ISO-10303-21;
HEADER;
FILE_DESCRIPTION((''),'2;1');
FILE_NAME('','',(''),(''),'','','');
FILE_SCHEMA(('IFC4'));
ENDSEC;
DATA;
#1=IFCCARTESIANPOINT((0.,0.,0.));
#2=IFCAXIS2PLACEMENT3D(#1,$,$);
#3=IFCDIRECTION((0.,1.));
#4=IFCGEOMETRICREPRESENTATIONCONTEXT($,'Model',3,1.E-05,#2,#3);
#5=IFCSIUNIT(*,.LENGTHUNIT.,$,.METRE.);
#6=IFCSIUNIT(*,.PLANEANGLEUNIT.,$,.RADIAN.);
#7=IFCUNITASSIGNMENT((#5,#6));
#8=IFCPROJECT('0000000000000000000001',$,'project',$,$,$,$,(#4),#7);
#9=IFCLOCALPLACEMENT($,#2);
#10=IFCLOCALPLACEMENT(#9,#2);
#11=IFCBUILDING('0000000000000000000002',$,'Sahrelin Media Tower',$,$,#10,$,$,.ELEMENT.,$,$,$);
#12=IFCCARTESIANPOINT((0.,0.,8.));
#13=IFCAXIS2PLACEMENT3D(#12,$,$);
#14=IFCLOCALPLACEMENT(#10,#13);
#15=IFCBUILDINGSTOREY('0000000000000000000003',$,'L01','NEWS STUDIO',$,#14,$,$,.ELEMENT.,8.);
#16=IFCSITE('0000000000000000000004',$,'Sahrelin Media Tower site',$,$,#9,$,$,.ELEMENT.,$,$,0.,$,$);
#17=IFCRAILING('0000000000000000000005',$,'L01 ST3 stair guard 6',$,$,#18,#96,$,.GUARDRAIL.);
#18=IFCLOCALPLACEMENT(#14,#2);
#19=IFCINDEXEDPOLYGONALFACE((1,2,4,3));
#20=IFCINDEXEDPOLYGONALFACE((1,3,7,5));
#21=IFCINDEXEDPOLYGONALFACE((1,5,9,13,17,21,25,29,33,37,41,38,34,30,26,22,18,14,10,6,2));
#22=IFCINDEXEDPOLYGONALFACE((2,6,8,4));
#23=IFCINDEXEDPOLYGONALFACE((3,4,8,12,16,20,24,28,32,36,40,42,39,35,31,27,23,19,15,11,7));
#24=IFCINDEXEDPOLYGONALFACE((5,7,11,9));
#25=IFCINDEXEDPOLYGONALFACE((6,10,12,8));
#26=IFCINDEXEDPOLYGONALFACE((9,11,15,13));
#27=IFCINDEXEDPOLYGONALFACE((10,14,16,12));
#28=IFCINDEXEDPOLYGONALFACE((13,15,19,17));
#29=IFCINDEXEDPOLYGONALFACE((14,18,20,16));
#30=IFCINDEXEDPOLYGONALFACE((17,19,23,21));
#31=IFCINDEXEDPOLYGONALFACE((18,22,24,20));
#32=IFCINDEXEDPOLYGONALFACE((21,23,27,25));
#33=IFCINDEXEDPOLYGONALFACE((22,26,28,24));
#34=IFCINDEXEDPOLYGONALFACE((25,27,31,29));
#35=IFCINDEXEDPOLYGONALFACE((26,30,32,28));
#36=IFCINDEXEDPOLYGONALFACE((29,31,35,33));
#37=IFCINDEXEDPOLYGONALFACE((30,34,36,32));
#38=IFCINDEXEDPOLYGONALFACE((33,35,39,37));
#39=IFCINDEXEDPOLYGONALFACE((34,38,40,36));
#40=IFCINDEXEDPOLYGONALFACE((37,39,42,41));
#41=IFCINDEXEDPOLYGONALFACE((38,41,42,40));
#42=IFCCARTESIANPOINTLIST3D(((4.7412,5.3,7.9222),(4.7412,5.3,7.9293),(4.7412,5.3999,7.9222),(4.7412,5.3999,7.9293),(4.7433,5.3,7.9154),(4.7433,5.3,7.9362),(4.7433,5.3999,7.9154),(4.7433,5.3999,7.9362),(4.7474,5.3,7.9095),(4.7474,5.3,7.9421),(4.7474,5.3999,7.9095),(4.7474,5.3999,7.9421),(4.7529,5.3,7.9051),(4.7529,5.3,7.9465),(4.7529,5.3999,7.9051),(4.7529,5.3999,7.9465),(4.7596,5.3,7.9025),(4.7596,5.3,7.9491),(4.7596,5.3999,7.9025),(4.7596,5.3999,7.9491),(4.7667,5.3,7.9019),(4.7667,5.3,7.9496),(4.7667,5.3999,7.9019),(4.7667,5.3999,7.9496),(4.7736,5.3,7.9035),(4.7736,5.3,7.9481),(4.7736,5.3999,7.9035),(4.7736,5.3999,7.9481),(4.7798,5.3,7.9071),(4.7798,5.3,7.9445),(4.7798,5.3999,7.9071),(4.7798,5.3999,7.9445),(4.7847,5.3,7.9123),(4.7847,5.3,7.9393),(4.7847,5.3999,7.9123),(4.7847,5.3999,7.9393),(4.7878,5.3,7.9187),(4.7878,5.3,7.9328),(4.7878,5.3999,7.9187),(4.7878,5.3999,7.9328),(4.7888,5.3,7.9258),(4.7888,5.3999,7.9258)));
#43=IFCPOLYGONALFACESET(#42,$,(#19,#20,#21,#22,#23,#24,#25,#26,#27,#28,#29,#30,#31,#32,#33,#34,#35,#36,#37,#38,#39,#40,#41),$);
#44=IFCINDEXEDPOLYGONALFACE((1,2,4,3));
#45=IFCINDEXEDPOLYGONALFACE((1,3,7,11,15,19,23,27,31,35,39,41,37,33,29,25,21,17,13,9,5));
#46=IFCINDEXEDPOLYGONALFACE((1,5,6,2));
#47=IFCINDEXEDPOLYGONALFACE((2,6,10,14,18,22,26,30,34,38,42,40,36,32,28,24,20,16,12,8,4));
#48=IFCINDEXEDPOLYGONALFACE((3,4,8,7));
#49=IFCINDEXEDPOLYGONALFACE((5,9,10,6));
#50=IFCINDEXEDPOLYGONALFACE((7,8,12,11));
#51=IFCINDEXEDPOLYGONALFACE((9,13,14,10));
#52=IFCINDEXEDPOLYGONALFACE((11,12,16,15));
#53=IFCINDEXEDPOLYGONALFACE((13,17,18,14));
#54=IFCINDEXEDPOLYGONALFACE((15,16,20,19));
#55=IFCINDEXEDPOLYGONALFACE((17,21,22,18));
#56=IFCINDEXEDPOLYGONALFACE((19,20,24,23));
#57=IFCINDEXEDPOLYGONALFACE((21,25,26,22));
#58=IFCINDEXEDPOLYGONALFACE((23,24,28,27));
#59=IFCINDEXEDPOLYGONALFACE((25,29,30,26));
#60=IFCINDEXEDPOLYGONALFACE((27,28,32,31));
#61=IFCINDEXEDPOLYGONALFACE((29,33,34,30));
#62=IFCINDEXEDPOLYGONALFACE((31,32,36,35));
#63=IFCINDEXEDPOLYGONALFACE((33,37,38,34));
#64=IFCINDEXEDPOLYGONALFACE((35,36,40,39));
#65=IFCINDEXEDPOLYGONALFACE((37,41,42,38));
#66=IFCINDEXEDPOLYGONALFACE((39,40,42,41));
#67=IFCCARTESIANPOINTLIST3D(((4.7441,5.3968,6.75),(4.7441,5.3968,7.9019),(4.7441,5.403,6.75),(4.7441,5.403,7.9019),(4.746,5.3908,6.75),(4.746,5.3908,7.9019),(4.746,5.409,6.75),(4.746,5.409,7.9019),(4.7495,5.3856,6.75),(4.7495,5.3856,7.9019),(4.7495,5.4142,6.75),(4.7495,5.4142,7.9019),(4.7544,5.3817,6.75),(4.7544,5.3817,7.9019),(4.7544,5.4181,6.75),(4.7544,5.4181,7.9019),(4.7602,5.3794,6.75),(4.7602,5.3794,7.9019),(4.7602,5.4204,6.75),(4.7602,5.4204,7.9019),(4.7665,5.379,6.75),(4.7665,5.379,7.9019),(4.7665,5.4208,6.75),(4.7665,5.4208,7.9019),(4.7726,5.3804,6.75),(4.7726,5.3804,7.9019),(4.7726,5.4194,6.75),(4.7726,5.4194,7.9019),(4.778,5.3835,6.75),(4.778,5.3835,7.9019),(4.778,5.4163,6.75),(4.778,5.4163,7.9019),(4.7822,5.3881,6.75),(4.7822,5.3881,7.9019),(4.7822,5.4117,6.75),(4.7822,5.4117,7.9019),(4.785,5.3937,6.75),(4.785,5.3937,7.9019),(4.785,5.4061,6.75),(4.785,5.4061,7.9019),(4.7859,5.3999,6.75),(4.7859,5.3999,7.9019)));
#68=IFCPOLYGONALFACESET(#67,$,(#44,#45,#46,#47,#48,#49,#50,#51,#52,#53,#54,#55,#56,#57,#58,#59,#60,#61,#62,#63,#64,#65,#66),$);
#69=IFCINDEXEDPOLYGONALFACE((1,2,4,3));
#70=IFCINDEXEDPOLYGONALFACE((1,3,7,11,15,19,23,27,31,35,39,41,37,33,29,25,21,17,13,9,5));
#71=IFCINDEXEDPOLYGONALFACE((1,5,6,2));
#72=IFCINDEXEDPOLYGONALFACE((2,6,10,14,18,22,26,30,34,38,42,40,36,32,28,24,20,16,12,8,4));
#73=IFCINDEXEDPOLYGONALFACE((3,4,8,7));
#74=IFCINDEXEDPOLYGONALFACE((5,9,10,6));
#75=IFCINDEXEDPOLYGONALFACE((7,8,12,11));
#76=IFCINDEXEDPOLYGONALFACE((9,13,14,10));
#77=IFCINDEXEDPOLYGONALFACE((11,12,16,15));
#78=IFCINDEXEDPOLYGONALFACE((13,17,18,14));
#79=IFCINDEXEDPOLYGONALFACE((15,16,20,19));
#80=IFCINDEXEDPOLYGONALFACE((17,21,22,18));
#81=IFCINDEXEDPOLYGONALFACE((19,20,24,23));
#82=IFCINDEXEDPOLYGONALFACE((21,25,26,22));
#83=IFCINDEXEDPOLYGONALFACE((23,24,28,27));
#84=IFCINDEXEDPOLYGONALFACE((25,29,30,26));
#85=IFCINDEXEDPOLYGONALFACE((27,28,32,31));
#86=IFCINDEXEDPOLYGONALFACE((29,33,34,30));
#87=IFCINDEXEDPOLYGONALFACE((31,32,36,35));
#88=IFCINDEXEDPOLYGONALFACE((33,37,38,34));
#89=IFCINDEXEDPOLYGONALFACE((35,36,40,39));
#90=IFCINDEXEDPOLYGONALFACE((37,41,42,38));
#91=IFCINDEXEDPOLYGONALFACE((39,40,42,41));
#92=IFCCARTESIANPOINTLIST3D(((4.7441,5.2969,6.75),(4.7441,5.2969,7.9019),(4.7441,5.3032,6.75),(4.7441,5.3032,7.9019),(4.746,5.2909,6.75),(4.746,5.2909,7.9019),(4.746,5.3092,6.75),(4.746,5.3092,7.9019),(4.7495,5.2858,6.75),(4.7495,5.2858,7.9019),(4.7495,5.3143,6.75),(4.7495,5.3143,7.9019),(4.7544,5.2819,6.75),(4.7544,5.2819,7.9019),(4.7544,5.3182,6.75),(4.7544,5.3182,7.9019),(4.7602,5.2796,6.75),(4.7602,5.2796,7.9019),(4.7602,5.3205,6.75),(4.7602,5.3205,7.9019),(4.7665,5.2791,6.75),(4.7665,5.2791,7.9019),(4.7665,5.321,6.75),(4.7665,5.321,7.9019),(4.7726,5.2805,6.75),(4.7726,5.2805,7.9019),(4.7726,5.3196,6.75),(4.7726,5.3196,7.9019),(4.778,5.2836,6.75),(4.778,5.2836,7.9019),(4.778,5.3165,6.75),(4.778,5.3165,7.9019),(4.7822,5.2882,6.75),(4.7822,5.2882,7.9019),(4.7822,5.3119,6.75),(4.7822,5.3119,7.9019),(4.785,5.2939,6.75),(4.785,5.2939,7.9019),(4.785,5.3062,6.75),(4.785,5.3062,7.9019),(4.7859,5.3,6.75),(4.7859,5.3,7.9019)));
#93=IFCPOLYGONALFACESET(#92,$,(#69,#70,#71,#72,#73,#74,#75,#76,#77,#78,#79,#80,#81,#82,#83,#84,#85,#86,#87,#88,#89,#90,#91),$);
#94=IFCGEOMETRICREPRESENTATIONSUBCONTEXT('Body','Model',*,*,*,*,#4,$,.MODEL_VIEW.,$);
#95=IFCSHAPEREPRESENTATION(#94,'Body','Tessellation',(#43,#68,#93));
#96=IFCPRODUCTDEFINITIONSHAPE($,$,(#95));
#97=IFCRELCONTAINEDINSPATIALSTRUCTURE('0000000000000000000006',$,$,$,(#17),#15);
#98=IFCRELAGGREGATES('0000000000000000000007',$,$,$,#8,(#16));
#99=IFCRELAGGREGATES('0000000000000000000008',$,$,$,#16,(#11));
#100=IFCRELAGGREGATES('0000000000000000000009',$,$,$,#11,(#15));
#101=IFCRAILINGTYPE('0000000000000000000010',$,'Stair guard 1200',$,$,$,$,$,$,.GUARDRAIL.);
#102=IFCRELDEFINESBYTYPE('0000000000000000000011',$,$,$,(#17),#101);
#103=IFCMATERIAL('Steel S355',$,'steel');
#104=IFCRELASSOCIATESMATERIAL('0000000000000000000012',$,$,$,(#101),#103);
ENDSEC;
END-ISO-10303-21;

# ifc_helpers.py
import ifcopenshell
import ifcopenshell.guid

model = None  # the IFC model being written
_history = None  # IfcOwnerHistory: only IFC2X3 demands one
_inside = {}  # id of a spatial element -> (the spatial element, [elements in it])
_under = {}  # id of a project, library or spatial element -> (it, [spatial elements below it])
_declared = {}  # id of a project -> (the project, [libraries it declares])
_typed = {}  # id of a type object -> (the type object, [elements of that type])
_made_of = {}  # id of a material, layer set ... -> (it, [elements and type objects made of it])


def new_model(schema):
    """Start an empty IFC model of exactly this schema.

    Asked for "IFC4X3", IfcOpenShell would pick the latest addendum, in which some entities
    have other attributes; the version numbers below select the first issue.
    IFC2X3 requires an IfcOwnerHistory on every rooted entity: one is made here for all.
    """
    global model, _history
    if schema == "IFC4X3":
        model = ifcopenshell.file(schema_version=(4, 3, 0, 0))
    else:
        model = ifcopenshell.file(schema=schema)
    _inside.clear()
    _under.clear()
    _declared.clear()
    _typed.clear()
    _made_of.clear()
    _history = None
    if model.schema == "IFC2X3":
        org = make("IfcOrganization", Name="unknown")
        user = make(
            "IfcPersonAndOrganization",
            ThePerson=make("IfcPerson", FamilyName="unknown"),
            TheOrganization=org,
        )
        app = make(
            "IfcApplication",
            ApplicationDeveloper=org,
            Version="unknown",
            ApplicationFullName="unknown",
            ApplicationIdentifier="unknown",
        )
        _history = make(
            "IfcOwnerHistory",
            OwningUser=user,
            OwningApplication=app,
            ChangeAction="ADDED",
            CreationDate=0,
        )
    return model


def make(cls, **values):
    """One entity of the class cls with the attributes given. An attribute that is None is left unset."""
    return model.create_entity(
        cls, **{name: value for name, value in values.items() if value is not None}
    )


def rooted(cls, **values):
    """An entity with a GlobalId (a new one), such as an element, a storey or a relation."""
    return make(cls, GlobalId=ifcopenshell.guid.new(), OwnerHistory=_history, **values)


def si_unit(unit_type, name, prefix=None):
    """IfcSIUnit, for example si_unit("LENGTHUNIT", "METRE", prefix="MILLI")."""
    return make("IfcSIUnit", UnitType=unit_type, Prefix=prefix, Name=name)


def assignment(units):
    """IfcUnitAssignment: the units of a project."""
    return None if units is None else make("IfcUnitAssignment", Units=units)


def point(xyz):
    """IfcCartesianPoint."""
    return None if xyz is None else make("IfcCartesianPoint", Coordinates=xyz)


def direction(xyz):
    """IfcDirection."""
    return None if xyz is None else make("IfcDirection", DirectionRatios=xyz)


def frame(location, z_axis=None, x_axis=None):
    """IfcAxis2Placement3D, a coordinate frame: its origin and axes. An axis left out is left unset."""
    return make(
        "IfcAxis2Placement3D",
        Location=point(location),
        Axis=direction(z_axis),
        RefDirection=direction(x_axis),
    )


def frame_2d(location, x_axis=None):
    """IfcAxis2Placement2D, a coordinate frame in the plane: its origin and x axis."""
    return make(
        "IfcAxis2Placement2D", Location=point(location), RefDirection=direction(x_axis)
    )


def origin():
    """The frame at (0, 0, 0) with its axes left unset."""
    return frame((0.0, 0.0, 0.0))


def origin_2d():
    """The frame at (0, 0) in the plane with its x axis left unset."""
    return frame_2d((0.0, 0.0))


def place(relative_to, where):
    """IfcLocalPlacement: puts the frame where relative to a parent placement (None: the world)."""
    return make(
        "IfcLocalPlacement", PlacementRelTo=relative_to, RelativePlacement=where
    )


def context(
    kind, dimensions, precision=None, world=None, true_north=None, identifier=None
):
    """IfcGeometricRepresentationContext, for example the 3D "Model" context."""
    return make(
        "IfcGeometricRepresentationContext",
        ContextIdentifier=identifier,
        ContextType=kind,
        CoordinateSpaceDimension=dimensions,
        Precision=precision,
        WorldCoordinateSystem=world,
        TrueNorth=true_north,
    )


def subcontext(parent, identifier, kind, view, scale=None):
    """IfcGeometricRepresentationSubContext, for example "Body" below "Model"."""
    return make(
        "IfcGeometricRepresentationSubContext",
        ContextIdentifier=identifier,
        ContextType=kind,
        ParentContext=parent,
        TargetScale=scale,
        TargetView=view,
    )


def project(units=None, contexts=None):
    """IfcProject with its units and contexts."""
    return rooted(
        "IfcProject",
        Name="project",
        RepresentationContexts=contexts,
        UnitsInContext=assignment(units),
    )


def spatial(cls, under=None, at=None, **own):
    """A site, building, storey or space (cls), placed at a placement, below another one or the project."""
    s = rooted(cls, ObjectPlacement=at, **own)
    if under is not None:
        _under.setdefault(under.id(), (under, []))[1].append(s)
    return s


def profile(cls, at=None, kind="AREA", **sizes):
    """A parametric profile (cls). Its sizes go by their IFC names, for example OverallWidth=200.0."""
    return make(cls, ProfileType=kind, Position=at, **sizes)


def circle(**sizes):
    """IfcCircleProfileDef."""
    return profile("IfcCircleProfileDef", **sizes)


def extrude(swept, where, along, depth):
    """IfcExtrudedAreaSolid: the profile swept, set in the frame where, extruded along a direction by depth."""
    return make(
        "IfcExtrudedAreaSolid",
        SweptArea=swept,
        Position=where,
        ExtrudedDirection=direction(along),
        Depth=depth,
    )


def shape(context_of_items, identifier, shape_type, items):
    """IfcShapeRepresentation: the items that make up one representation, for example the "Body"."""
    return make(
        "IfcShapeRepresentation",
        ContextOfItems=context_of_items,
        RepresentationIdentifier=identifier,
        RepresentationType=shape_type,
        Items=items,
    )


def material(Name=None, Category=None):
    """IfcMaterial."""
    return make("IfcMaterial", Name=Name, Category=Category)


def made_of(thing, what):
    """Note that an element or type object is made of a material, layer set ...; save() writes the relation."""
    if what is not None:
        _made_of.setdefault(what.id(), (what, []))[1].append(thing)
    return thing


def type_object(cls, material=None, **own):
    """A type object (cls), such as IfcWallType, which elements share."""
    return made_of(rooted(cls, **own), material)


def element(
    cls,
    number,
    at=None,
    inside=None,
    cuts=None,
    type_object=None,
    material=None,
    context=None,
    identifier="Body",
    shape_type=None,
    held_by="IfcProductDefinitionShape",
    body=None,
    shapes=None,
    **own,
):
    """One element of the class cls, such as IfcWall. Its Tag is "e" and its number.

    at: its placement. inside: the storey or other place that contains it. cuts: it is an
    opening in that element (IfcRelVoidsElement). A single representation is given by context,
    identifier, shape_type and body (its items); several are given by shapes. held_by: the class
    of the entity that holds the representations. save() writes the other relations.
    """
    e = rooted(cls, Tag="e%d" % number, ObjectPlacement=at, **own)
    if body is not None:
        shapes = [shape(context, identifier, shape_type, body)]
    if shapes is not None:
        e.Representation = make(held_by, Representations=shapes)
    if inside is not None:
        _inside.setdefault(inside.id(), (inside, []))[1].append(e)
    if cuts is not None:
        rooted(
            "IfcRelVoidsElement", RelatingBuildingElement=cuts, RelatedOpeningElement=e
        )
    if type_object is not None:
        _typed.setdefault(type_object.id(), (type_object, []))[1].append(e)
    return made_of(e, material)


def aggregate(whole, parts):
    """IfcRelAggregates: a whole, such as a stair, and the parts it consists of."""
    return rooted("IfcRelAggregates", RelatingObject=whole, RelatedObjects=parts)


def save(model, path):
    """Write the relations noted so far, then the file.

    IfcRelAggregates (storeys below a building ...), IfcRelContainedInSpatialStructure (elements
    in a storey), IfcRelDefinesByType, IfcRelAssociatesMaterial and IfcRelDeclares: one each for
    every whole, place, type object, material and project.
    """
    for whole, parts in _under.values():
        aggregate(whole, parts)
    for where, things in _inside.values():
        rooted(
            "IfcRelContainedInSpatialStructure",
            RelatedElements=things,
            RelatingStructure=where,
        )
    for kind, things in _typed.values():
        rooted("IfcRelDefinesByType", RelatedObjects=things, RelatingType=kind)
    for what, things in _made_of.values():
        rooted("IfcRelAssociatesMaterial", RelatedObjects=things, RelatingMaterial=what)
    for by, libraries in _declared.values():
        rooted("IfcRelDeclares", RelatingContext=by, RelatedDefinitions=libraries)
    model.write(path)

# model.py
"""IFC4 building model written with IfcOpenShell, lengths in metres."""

from ifc_helpers import new_model, si_unit, direction, frame, origin, origin_2d, place, context, subcontext, project, spatial, circle, extrude, material, type_object, element, save


model = new_model("IFC4")

# Units and contexts
model_context = context("Model", 3, precision=1e-05, world=origin(), true_north=direction((0.0, 1.0)))
body_context = subcontext(model_context, "Body", "Model", "MODEL_VIEW")
ifc_project = project(units=[si_unit("LENGTHUNIT", "METRE"), si_unit("PLANEANGLEUNIT", "RADIAN")], contexts=[model_context])

# Site, building, storey
site_placement = place(None, origin())
site = spatial("IfcSite", under=ifc_project, at=site_placement, Name="Sahrelin Media Tower site", CompositionType="ELEMENT", RefElevation=0.0)
building_placement = place(site_placement, origin())
building = spatial("IfcBuilding", under=site, at=building_placement, Name="Sahrelin Media Tower", CompositionType="ELEMENT")
storey_placement = place(building_placement, frame((0.0, 0.0, 8.0)))
storey = spatial("IfcBuildingStorey", under=building, at=storey_placement, Name="L01", Description="NEWS STUDIO", CompositionType="ELEMENT", Elevation=8.0)

# Shared definitions
ifc_material_1 = material(Name="Steel S355", Category="steel")

# Railing
railing_type_1 = type_object("IfcRailingType", Name="Stair guard 1200", PredefinedType="GUARDRAIL", material=ifc_material_1)
railing_1_placement = place(storey_placement, frame((4.7649, 5.3999, 6.75)))
element("IfcRailing", 1, at=railing_1_placement, inside=storey, type_object=railing_type_1, Name="L01 ST3 stair guard 6", PredefinedType="GUARDRAIL", context=body_context, shape_type="SweptSolid", body=[
    extrude(circle(Radius=0.0239, at=origin_2d()), frame((0.0, 0.0, 1.1758), z_axis=(0.0, -1.0, 0.0), x_axis=(1.0, 0.0, 0.0)), (0.0, 0.0, 1.0), 0.0999),
    extrude(circle(Radius=0.021, at=origin_2d()), origin(), (0.0, 0.0, 1.0), 1.1519),
    extrude(circle(Radius=0.021, at=origin_2d()), frame((0.0, -0.0999, 0.0)), (0.0, 0.0, 1.0), 1.1519),
])

save(model, "model.ifc")
